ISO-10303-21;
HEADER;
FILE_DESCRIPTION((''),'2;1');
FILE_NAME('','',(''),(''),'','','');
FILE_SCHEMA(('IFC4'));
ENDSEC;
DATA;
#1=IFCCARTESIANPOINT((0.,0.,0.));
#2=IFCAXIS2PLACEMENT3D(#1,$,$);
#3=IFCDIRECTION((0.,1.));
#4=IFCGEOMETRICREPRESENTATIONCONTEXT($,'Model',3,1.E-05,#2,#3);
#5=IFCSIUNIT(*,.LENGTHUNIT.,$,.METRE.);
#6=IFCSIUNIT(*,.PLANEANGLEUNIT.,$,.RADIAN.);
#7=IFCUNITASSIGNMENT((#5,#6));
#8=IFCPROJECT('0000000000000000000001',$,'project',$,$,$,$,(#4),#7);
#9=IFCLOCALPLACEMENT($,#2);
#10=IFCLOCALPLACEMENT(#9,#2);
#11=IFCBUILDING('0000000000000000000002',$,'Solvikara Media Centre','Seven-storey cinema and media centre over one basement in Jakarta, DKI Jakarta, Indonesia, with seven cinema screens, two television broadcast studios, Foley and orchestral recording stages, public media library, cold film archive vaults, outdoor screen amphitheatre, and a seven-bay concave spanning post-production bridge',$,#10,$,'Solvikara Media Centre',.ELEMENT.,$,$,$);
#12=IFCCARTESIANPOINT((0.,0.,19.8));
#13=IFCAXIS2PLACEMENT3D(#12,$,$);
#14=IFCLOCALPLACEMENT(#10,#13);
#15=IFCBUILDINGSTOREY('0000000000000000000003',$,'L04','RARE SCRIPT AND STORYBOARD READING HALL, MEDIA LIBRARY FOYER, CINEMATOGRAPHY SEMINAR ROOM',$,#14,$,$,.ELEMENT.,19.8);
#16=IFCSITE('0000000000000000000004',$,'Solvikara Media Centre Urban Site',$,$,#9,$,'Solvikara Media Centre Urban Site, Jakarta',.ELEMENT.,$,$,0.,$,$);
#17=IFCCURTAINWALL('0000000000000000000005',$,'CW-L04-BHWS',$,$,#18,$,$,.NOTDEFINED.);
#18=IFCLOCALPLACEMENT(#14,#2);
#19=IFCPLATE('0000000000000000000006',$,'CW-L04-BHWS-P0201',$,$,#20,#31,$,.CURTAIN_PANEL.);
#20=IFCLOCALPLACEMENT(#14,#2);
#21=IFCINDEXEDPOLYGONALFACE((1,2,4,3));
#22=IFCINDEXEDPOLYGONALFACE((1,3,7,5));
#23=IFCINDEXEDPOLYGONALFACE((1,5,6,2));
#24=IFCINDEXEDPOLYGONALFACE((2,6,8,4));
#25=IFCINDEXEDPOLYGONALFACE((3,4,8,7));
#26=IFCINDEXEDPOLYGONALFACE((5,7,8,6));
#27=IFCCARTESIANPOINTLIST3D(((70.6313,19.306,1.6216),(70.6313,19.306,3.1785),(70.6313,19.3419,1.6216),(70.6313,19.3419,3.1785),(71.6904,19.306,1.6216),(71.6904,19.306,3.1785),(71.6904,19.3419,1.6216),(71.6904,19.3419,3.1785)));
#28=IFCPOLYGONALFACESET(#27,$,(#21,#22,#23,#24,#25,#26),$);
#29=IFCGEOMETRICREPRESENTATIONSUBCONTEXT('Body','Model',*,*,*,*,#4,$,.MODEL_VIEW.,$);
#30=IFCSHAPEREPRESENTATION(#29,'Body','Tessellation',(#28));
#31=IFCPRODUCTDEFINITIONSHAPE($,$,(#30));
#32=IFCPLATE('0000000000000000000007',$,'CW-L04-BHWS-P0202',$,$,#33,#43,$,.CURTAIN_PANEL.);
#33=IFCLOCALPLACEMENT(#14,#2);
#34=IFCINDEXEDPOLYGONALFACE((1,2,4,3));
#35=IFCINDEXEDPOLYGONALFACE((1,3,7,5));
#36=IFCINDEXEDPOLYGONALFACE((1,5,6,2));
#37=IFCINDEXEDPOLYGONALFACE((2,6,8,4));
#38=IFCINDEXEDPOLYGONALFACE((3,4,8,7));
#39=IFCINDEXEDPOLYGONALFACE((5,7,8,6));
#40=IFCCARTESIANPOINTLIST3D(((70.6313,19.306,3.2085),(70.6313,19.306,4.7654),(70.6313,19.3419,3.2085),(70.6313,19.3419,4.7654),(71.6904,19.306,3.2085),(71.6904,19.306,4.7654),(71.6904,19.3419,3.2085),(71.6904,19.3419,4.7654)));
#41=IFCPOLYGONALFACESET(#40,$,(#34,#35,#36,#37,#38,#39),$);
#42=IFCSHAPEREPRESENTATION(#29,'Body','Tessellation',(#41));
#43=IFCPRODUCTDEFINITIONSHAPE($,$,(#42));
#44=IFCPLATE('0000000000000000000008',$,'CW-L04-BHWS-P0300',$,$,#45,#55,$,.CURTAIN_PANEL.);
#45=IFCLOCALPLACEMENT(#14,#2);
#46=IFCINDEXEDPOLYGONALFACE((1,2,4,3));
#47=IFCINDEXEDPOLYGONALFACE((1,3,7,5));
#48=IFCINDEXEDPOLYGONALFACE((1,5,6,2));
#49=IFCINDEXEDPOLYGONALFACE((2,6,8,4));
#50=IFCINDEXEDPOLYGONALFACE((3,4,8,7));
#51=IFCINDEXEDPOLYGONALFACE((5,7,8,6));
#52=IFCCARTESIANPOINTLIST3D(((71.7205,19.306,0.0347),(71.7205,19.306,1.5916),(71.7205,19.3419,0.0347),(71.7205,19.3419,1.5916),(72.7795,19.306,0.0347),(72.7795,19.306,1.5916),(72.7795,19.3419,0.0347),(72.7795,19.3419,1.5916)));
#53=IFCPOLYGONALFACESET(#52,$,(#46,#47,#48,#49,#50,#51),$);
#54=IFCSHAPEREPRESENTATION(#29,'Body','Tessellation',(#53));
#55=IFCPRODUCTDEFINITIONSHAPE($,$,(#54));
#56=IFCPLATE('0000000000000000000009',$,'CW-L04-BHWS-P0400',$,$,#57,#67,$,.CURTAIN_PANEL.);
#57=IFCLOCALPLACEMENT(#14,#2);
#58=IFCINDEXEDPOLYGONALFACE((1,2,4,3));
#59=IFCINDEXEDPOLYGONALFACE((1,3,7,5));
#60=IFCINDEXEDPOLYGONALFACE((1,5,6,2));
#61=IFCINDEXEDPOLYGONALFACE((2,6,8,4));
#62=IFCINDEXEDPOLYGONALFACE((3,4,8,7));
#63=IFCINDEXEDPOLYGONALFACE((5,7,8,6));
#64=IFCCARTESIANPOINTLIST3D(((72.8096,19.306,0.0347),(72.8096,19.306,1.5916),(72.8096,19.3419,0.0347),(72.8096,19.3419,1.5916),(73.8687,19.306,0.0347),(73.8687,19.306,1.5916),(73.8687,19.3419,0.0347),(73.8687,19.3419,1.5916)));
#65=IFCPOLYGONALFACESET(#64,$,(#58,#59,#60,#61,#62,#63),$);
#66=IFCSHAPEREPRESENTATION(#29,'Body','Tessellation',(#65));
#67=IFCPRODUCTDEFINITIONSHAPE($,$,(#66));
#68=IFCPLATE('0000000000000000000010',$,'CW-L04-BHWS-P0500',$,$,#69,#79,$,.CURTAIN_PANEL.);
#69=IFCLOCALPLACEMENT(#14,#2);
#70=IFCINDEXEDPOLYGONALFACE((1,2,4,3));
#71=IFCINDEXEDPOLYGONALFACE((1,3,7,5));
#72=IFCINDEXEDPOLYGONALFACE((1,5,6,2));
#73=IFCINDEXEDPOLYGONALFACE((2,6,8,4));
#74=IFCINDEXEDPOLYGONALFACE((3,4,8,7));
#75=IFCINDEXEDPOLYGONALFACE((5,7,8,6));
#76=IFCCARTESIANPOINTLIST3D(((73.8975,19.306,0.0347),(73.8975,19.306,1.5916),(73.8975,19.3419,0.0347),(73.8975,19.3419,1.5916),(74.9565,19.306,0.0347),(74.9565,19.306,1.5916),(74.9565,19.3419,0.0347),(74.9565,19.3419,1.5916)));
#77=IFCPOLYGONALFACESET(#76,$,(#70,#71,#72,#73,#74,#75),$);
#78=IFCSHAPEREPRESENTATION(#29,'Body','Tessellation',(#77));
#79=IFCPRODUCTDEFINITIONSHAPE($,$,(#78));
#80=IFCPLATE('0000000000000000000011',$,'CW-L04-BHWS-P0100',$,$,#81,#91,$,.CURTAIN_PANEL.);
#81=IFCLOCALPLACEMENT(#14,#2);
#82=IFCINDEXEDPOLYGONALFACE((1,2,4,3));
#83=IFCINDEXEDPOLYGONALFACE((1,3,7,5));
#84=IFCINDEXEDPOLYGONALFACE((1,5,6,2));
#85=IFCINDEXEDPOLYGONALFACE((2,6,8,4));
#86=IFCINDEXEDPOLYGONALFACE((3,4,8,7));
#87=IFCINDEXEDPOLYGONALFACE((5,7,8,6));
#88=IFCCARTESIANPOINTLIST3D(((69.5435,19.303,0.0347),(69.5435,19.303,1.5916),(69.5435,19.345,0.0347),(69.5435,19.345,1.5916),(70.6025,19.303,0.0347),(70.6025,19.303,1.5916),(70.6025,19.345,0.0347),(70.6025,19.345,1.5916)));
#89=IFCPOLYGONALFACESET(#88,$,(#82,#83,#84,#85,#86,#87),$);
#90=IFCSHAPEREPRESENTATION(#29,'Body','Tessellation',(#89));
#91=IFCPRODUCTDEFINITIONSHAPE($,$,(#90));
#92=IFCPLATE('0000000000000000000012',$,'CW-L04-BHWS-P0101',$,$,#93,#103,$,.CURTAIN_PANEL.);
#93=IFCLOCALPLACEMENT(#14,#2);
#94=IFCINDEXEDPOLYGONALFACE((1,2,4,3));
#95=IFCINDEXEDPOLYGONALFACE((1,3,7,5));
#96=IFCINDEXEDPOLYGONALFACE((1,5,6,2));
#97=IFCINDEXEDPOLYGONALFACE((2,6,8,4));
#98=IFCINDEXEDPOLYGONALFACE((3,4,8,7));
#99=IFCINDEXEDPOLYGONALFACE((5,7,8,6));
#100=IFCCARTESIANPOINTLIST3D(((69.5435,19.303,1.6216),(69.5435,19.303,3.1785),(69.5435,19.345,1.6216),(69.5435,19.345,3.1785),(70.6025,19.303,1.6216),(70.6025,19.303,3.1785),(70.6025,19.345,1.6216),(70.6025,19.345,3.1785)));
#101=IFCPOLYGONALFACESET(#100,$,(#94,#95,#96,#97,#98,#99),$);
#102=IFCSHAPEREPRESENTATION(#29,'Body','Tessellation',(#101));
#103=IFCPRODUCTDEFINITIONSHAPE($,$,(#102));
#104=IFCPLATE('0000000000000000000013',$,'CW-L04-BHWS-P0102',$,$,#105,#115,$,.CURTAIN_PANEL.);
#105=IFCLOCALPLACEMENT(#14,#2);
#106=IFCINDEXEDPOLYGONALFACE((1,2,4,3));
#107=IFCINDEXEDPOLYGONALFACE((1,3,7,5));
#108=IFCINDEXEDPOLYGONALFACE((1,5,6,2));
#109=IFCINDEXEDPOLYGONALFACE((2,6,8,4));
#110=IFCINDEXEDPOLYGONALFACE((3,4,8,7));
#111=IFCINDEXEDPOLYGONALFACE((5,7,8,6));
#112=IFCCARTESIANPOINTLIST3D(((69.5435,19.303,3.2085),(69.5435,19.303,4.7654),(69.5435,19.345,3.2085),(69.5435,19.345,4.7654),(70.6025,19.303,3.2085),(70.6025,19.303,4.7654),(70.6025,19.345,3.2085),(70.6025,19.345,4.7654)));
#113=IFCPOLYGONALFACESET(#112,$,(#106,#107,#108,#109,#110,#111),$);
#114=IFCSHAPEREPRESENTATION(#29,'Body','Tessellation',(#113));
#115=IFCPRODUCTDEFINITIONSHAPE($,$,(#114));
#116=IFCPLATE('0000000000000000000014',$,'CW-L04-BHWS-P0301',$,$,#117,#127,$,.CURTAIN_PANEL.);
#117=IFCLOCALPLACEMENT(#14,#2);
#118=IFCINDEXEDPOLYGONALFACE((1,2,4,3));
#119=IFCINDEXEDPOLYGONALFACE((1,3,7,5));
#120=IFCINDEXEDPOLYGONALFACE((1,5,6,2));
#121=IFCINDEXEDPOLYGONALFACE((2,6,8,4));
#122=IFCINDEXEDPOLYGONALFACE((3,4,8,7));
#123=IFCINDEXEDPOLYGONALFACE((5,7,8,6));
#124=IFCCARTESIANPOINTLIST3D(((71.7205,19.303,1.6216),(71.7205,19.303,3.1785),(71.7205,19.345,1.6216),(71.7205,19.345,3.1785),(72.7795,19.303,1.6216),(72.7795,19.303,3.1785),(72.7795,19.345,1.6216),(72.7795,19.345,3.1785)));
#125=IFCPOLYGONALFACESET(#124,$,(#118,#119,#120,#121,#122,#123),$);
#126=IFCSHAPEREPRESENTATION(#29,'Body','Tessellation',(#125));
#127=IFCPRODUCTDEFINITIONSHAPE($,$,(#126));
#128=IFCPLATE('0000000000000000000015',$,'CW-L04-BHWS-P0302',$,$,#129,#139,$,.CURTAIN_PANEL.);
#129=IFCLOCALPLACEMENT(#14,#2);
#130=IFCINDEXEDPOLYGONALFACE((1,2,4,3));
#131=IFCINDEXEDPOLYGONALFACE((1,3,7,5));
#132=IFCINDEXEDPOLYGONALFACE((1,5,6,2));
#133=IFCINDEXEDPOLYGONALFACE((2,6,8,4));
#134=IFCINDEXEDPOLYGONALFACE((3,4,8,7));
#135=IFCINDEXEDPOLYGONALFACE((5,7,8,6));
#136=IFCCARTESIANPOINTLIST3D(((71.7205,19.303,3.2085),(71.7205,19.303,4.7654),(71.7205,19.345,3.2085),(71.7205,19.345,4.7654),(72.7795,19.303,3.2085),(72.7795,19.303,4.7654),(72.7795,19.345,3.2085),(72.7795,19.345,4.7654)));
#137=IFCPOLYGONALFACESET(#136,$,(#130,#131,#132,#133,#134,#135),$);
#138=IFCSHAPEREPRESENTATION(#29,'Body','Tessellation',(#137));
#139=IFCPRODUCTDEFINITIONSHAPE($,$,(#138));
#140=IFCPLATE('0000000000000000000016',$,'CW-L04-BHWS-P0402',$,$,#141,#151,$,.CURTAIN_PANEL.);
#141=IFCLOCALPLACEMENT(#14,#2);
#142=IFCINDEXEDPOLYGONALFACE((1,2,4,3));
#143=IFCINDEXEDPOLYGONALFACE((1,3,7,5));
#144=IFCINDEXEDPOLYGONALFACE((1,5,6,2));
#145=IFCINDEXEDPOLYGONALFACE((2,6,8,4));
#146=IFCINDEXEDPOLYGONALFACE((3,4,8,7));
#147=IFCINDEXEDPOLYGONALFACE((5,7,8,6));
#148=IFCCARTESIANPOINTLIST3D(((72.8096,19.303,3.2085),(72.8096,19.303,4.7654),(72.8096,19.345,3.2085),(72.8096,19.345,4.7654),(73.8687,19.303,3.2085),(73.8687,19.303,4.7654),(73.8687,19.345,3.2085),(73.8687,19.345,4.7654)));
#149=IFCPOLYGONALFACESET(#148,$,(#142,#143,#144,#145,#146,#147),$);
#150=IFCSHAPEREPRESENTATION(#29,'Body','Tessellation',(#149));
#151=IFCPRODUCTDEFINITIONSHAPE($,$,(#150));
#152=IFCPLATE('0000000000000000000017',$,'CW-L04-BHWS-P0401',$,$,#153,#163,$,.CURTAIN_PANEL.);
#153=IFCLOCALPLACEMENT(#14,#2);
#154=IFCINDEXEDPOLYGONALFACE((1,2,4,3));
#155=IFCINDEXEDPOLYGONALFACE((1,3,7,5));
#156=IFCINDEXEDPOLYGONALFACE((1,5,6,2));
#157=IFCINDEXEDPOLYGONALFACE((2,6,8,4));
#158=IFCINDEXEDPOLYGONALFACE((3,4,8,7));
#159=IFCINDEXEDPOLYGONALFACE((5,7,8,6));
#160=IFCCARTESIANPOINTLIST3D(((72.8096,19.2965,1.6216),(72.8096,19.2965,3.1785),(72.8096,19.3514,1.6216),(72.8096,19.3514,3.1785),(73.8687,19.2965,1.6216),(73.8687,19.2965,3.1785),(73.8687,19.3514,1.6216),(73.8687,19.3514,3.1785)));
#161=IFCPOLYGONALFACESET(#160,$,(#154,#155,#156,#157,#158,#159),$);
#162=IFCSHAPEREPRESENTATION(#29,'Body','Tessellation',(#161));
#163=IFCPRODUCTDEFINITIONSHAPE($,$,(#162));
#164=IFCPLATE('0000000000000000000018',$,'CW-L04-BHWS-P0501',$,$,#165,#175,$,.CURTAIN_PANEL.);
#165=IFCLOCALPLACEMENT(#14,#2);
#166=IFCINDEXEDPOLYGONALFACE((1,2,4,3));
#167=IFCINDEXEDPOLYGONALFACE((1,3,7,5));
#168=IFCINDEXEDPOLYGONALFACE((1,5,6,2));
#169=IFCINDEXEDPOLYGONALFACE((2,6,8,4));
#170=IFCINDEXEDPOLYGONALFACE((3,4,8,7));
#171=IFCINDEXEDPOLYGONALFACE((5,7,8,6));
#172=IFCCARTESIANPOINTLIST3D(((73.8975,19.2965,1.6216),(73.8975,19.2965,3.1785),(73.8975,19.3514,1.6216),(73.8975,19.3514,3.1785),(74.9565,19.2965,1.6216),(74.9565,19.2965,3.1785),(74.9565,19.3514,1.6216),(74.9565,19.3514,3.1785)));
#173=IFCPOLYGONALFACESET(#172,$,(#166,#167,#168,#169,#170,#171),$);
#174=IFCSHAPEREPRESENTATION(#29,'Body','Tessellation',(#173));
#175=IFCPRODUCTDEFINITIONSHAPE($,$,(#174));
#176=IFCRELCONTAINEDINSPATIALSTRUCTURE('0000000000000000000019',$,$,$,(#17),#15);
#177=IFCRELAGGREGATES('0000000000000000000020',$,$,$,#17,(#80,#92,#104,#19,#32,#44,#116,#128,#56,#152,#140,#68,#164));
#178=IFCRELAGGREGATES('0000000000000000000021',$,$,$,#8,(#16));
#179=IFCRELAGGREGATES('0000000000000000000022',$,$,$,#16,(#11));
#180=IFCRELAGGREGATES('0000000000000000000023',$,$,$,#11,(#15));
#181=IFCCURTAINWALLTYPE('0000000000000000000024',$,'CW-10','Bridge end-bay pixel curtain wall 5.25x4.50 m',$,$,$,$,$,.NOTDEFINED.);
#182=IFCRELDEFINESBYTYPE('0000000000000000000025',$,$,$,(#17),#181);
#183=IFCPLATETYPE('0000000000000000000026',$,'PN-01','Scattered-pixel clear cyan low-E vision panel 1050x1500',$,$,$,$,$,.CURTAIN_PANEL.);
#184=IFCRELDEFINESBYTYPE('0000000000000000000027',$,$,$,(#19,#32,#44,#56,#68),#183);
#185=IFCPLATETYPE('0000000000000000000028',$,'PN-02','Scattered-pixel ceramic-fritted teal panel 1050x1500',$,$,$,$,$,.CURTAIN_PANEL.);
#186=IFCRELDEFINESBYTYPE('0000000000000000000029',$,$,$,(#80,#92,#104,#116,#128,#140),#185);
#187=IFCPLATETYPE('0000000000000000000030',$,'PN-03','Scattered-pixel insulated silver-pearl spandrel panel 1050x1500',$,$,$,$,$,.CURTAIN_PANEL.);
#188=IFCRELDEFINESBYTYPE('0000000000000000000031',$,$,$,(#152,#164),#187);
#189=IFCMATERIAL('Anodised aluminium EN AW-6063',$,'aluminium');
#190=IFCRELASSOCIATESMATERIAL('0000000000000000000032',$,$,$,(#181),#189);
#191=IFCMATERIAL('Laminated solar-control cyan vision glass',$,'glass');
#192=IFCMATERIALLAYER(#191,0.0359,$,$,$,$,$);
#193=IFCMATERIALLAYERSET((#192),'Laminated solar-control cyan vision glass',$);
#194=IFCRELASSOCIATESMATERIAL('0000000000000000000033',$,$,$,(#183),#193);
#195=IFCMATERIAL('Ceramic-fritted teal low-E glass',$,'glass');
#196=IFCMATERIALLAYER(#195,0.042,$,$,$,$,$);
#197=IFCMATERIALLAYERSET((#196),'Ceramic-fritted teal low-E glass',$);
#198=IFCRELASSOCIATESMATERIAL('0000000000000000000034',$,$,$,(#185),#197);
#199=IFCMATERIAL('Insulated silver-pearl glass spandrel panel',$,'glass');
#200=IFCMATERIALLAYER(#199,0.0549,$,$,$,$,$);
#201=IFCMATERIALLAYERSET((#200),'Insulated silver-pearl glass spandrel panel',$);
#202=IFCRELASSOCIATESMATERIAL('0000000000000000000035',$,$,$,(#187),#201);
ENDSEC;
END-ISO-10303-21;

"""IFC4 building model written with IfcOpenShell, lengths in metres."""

from ifc_helpers import new_model, si_unit, direction, frame, origin, origin_2d, place, context, subcontext, project, spatial, rectangle, extrude, material, layer, layer_set, type_object, element, aggregate, save


model = new_model("IFC4")

# Units and contexts
model_context = context("Model", 3, precision=1e-05, world=origin(), true_north=direction((0.0, 1.0)))
body_context = subcontext(model_context, "Body", "Model", "MODEL_VIEW")
ifc_project = project(units=[si_unit("LENGTHUNIT", "METRE"), si_unit("PLANEANGLEUNIT", "RADIAN")], contexts=[model_context])

# Site, building, storey
site_placement = place(None, origin())
site = spatial("IfcSite", under=ifc_project, at=site_placement, Name="Solvikara Media Centre Urban Site", LongName="Solvikara Media Centre Urban Site, Jakarta", CompositionType="ELEMENT", RefElevation=0.0)
building_placement = place(site_placement, origin())
building = spatial("IfcBuilding", under=site, at=building_placement, Name="Solvikara Media Centre", Description="Seven-storey cinema and media centre over one basement in Jakarta, DKI Jakarta, Indonesia, with seven cinema screens, two television broadcast studios, Foley and orchestral recording stages, public media library, cold film archive vaults, outdoor screen amphitheatre, and a seven-bay concave spanning post-production bridge", LongName="Solvikara Media Centre", CompositionType="ELEMENT")
storey_placement = place(building_placement, frame((0.0, 0.0, 19.8)))
storey = spatial("IfcBuildingStorey", under=building, at=storey_placement, Name="L04", Description="RARE SCRIPT AND STORYBOARD READING HALL, MEDIA LIBRARY FOYER, CINEMATOGRAPHY SEMINAR ROOM", CompositionType="ELEMENT", Elevation=19.8)

# Curtain wall, plates
ifc_material_1 = material(Name="Anodised aluminium EN AW-6063", Category="aluminium")
curtain_wall_type = type_object("IfcCurtainWallType", Name="CW-10", Description="Bridge end-bay pixel curtain wall 5.25x4.50 m", PredefinedType="NOTDEFINED", material=ifc_material_1)
curtain_wall_placement = place(storey_placement, origin())
curtain_wall = element("IfcCurtainWall", 1, at=curtain_wall_placement, inside=storey, type_object=curtain_wall_type, Name="CW-L04-BHWS", PredefinedType="NOTDEFINED")
ifc_material_2 = material(Name="Laminated solar-control cyan vision glass", Category="glass")
ifc_layer_1 = layer(ifc_material_2, 0.0359)
ifc_layer_set_1 = layer_set([ifc_layer_1], Name="Laminated solar-control cyan vision glass")
plate_type_1 = type_object("IfcPlateType", Name="PN-01", Description="Scattered-pixel clear cyan low-E vision panel 1050x1500", PredefinedType="CURTAIN_PANEL", material=ifc_layer_set_1)
plate_1_placement = place(storey_placement, frame((71.1609, 19.324, 1.6216), z_axis=(0.0, 0.0, 1.0), x_axis=(1.0, 0.0, 0.0)))
plate_1 = element("IfcPlate", 2, at=plate_1_placement, type_object=plate_type_1, Name="CW-L04-BHWS-P0201", PredefinedType="CURTAIN_PANEL", context=body_context, shape_type="SweptSolid", body=[
    extrude(rectangle(XDim=1.0591, YDim=0.0359, at=origin_2d()), origin(), (0.0, 0.0, 1.0), 1.5569),
])
plate_2_placement = place(storey_placement, frame((71.1609, 19.324, 3.2085), z_axis=(0.0, 0.0, 1.0), x_axis=(1.0, 0.0, 0.0)))
plate_2 = element("IfcPlate", 3, at=plate_2_placement, type_object=plate_type_1, Name="CW-L04-BHWS-P0202", PredefinedType="CURTAIN_PANEL", context=body_context, shape_type="SweptSolid", body=[
    extrude(rectangle(XDim=1.0591, YDim=0.0359, at=origin_2d()), origin(), (0.0, 0.0, 1.0), 1.5569),
])
plate_3_placement = place(storey_placement, frame((72.25, 19.324, 0.0347), z_axis=(0.0, 0.0, 1.0), x_axis=(1.0, 0.0, 0.0)))
plate_3 = element("IfcPlate", 4, at=plate_3_placement, type_object=plate_type_1, Name="CW-L04-BHWS-P0300", PredefinedType="CURTAIN_PANEL", context=body_context, shape_type="SweptSolid", body=[
    extrude(rectangle(XDim=1.0591, YDim=0.0359, at=origin_2d()), origin(), (0.0, 0.0, 1.0), 1.5569),
])
plate_4_placement = place(storey_placement, frame((73.3391, 19.324, 0.0347), z_axis=(0.0, 0.0, 1.0), x_axis=(1.0, 0.0, 0.0)))
plate_4 = element("IfcPlate", 5, at=plate_4_placement, type_object=plate_type_1, Name="CW-L04-BHWS-P0400", PredefinedType="CURTAIN_PANEL", context=body_context, shape_type="SweptSolid", body=[
    extrude(rectangle(XDim=1.0591, YDim=0.0359, at=origin_2d()), origin(), (0.0, 0.0, 1.0), 1.5569),
])
plate_5_placement = place(storey_placement, frame((74.427, 19.324, 0.0347), z_axis=(0.0, 0.0, 1.0), x_axis=(1.0, 0.0, 0.0)))
plate_5 = element("IfcPlate", 6, at=plate_5_placement, type_object=plate_type_1, Name="CW-L04-BHWS-P0500", PredefinedType="CURTAIN_PANEL", context=body_context, shape_type="SweptSolid", body=[
    extrude(rectangle(XDim=1.0591, YDim=0.0359, at=origin_2d()), origin(), (0.0, 0.0, 1.0), 1.5569),
])
ifc_material_3 = material(Name="Ceramic-fritted teal low-E glass", Category="glass")
ifc_layer_2 = layer(ifc_material_3, 0.042)
ifc_layer_set_2 = layer_set([ifc_layer_2], Name="Ceramic-fritted teal low-E glass")
plate_type_2 = type_object("IfcPlateType", Name="PN-02", Description="Scattered-pixel ceramic-fritted teal panel 1050x1500", PredefinedType="CURTAIN_PANEL", material=ifc_layer_set_2)
plate_6_placement = place(storey_placement, frame((70.073, 19.324, 0.0347), z_axis=(0.0, 0.0, 1.0), x_axis=(1.0, 0.0, 0.0)))
plate_6 = element("IfcPlate", 7, at=plate_6_placement, type_object=plate_type_2, Name="CW-L04-BHWS-P0100", PredefinedType="CURTAIN_PANEL", context=body_context, shape_type="SweptSolid", body=[
    extrude(rectangle(XDim=1.0591, YDim=0.042, at=origin_2d()), origin(), (0.0, 0.0, 1.0), 1.5569),
])
plate_7_placement = place(storey_placement, frame((70.073, 19.324, 1.6216), z_axis=(0.0, 0.0, 1.0), x_axis=(1.0, 0.0, 0.0)))
plate_7 = element("IfcPlate", 8, at=plate_7_placement, type_object=plate_type_2, Name="CW-L04-BHWS-P0101", PredefinedType="CURTAIN_PANEL", context=body_context, shape_type="SweptSolid", body=[
    extrude(rectangle(XDim=1.0591, YDim=0.042, at=origin_2d()), origin(), (0.0, 0.0, 1.0), 1.5569),
])
plate_8_placement = place(storey_placement, frame((70.073, 19.324, 3.2085), z_axis=(0.0, 0.0, 1.0), x_axis=(1.0, 0.0, 0.0)))
plate_8 = element("IfcPlate", 9, at=plate_8_placement, type_object=plate_type_2, Name="CW-L04-BHWS-P0102", PredefinedType="CURTAIN_PANEL", context=body_context, shape_type="SweptSolid", body=[
    extrude(rectangle(XDim=1.0591, YDim=0.042, at=origin_2d()), origin(), (0.0, 0.0, 1.0), 1.5569),
])
plate_9_placement = place(storey_placement, frame((72.25, 19.324, 1.6216), z_axis=(0.0, 0.0, 1.0), x_axis=(1.0, 0.0, 0.0)))
plate_9 = element("IfcPlate", 10, at=plate_9_placement, type_object=plate_type_2, Name="CW-L04-BHWS-P0301", PredefinedType="CURTAIN_PANEL", context=body_context, shape_type="SweptSolid", body=[
    extrude(rectangle(XDim=1.0591, YDim=0.042, at=origin_2d()), origin(), (0.0, 0.0, 1.0), 1.5569),
])
plate_10_placement = place(storey_placement, frame((72.25, 19.324, 3.2085), z_axis=(0.0, 0.0, 1.0), x_axis=(1.0, 0.0, 0.0)))
plate_10 = element("IfcPlate", 11, at=plate_10_placement, type_object=plate_type_2, Name="CW-L04-BHWS-P0302", PredefinedType="CURTAIN_PANEL", context=body_context, shape_type="SweptSolid", body=[
    extrude(rectangle(XDim=1.0591, YDim=0.042, at=origin_2d()), origin(), (0.0, 0.0, 1.0), 1.5569),
])
plate_11_placement = place(storey_placement, frame((73.3391, 19.324, 3.2085), z_axis=(0.0, 0.0, 1.0), x_axis=(1.0, 0.0, 0.0)))
plate_11 = element("IfcPlate", 12, at=plate_11_placement, type_object=plate_type_2, Name="CW-L04-BHWS-P0402", PredefinedType="CURTAIN_PANEL", context=body_context, shape_type="SweptSolid", body=[
    extrude(rectangle(XDim=1.0591, YDim=0.042, at=origin_2d()), origin(), (0.0, 0.0, 1.0), 1.5569),
])
ifc_material_4 = material(Name="Insulated silver-pearl glass spandrel panel", Category="glass")
ifc_layer_3 = layer(ifc_material_4, 0.0549)
ifc_layer_set_3 = layer_set([ifc_layer_3], Name="Insulated silver-pearl glass spandrel panel")
plate_type_3 = type_object("IfcPlateType", Name="PN-03", Description="Scattered-pixel insulated silver-pearl spandrel panel 1050x1500", PredefinedType="CURTAIN_PANEL", material=ifc_layer_set_3)
plate_12_placement = place(storey_placement, frame((73.3391, 19.324, 1.6216), z_axis=(0.0, 0.0, 1.0), x_axis=(1.0, 0.0, 0.0)))
plate_12 = element("IfcPlate", 13, at=plate_12_placement, type_object=plate_type_3, Name="CW-L04-BHWS-P0401", PredefinedType="CURTAIN_PANEL", context=body_context, shape_type="SweptSolid", body=[
    extrude(rectangle(XDim=1.0591, YDim=0.0549, at=origin_2d()), origin(), (0.0, 0.0, 1.0), 1.5569),
])
plate_13_placement = place(storey_placement, frame((74.427, 19.324, 1.6216), z_axis=(0.0, 0.0, 1.0), x_axis=(1.0, 0.0, 0.0)))
plate_13 = element("IfcPlate", 14, at=plate_13_placement, type_object=plate_type_3, Name="CW-L04-BHWS-P0501", PredefinedType="CURTAIN_PANEL", context=body_context, shape_type="SweptSolid", body=[
    extrude(rectangle(XDim=1.0591, YDim=0.0549, at=origin_2d()), origin(), (0.0, 0.0, 1.0), 1.5569),
])
aggregate(curtain_wall, [plate_6, plate_7, plate_8, plate_1, plate_2, plate_3, plate_9, plate_10, plate_4, plate_12, plate_11, plate_5, plate_13])

save(model, "model.ifc")
